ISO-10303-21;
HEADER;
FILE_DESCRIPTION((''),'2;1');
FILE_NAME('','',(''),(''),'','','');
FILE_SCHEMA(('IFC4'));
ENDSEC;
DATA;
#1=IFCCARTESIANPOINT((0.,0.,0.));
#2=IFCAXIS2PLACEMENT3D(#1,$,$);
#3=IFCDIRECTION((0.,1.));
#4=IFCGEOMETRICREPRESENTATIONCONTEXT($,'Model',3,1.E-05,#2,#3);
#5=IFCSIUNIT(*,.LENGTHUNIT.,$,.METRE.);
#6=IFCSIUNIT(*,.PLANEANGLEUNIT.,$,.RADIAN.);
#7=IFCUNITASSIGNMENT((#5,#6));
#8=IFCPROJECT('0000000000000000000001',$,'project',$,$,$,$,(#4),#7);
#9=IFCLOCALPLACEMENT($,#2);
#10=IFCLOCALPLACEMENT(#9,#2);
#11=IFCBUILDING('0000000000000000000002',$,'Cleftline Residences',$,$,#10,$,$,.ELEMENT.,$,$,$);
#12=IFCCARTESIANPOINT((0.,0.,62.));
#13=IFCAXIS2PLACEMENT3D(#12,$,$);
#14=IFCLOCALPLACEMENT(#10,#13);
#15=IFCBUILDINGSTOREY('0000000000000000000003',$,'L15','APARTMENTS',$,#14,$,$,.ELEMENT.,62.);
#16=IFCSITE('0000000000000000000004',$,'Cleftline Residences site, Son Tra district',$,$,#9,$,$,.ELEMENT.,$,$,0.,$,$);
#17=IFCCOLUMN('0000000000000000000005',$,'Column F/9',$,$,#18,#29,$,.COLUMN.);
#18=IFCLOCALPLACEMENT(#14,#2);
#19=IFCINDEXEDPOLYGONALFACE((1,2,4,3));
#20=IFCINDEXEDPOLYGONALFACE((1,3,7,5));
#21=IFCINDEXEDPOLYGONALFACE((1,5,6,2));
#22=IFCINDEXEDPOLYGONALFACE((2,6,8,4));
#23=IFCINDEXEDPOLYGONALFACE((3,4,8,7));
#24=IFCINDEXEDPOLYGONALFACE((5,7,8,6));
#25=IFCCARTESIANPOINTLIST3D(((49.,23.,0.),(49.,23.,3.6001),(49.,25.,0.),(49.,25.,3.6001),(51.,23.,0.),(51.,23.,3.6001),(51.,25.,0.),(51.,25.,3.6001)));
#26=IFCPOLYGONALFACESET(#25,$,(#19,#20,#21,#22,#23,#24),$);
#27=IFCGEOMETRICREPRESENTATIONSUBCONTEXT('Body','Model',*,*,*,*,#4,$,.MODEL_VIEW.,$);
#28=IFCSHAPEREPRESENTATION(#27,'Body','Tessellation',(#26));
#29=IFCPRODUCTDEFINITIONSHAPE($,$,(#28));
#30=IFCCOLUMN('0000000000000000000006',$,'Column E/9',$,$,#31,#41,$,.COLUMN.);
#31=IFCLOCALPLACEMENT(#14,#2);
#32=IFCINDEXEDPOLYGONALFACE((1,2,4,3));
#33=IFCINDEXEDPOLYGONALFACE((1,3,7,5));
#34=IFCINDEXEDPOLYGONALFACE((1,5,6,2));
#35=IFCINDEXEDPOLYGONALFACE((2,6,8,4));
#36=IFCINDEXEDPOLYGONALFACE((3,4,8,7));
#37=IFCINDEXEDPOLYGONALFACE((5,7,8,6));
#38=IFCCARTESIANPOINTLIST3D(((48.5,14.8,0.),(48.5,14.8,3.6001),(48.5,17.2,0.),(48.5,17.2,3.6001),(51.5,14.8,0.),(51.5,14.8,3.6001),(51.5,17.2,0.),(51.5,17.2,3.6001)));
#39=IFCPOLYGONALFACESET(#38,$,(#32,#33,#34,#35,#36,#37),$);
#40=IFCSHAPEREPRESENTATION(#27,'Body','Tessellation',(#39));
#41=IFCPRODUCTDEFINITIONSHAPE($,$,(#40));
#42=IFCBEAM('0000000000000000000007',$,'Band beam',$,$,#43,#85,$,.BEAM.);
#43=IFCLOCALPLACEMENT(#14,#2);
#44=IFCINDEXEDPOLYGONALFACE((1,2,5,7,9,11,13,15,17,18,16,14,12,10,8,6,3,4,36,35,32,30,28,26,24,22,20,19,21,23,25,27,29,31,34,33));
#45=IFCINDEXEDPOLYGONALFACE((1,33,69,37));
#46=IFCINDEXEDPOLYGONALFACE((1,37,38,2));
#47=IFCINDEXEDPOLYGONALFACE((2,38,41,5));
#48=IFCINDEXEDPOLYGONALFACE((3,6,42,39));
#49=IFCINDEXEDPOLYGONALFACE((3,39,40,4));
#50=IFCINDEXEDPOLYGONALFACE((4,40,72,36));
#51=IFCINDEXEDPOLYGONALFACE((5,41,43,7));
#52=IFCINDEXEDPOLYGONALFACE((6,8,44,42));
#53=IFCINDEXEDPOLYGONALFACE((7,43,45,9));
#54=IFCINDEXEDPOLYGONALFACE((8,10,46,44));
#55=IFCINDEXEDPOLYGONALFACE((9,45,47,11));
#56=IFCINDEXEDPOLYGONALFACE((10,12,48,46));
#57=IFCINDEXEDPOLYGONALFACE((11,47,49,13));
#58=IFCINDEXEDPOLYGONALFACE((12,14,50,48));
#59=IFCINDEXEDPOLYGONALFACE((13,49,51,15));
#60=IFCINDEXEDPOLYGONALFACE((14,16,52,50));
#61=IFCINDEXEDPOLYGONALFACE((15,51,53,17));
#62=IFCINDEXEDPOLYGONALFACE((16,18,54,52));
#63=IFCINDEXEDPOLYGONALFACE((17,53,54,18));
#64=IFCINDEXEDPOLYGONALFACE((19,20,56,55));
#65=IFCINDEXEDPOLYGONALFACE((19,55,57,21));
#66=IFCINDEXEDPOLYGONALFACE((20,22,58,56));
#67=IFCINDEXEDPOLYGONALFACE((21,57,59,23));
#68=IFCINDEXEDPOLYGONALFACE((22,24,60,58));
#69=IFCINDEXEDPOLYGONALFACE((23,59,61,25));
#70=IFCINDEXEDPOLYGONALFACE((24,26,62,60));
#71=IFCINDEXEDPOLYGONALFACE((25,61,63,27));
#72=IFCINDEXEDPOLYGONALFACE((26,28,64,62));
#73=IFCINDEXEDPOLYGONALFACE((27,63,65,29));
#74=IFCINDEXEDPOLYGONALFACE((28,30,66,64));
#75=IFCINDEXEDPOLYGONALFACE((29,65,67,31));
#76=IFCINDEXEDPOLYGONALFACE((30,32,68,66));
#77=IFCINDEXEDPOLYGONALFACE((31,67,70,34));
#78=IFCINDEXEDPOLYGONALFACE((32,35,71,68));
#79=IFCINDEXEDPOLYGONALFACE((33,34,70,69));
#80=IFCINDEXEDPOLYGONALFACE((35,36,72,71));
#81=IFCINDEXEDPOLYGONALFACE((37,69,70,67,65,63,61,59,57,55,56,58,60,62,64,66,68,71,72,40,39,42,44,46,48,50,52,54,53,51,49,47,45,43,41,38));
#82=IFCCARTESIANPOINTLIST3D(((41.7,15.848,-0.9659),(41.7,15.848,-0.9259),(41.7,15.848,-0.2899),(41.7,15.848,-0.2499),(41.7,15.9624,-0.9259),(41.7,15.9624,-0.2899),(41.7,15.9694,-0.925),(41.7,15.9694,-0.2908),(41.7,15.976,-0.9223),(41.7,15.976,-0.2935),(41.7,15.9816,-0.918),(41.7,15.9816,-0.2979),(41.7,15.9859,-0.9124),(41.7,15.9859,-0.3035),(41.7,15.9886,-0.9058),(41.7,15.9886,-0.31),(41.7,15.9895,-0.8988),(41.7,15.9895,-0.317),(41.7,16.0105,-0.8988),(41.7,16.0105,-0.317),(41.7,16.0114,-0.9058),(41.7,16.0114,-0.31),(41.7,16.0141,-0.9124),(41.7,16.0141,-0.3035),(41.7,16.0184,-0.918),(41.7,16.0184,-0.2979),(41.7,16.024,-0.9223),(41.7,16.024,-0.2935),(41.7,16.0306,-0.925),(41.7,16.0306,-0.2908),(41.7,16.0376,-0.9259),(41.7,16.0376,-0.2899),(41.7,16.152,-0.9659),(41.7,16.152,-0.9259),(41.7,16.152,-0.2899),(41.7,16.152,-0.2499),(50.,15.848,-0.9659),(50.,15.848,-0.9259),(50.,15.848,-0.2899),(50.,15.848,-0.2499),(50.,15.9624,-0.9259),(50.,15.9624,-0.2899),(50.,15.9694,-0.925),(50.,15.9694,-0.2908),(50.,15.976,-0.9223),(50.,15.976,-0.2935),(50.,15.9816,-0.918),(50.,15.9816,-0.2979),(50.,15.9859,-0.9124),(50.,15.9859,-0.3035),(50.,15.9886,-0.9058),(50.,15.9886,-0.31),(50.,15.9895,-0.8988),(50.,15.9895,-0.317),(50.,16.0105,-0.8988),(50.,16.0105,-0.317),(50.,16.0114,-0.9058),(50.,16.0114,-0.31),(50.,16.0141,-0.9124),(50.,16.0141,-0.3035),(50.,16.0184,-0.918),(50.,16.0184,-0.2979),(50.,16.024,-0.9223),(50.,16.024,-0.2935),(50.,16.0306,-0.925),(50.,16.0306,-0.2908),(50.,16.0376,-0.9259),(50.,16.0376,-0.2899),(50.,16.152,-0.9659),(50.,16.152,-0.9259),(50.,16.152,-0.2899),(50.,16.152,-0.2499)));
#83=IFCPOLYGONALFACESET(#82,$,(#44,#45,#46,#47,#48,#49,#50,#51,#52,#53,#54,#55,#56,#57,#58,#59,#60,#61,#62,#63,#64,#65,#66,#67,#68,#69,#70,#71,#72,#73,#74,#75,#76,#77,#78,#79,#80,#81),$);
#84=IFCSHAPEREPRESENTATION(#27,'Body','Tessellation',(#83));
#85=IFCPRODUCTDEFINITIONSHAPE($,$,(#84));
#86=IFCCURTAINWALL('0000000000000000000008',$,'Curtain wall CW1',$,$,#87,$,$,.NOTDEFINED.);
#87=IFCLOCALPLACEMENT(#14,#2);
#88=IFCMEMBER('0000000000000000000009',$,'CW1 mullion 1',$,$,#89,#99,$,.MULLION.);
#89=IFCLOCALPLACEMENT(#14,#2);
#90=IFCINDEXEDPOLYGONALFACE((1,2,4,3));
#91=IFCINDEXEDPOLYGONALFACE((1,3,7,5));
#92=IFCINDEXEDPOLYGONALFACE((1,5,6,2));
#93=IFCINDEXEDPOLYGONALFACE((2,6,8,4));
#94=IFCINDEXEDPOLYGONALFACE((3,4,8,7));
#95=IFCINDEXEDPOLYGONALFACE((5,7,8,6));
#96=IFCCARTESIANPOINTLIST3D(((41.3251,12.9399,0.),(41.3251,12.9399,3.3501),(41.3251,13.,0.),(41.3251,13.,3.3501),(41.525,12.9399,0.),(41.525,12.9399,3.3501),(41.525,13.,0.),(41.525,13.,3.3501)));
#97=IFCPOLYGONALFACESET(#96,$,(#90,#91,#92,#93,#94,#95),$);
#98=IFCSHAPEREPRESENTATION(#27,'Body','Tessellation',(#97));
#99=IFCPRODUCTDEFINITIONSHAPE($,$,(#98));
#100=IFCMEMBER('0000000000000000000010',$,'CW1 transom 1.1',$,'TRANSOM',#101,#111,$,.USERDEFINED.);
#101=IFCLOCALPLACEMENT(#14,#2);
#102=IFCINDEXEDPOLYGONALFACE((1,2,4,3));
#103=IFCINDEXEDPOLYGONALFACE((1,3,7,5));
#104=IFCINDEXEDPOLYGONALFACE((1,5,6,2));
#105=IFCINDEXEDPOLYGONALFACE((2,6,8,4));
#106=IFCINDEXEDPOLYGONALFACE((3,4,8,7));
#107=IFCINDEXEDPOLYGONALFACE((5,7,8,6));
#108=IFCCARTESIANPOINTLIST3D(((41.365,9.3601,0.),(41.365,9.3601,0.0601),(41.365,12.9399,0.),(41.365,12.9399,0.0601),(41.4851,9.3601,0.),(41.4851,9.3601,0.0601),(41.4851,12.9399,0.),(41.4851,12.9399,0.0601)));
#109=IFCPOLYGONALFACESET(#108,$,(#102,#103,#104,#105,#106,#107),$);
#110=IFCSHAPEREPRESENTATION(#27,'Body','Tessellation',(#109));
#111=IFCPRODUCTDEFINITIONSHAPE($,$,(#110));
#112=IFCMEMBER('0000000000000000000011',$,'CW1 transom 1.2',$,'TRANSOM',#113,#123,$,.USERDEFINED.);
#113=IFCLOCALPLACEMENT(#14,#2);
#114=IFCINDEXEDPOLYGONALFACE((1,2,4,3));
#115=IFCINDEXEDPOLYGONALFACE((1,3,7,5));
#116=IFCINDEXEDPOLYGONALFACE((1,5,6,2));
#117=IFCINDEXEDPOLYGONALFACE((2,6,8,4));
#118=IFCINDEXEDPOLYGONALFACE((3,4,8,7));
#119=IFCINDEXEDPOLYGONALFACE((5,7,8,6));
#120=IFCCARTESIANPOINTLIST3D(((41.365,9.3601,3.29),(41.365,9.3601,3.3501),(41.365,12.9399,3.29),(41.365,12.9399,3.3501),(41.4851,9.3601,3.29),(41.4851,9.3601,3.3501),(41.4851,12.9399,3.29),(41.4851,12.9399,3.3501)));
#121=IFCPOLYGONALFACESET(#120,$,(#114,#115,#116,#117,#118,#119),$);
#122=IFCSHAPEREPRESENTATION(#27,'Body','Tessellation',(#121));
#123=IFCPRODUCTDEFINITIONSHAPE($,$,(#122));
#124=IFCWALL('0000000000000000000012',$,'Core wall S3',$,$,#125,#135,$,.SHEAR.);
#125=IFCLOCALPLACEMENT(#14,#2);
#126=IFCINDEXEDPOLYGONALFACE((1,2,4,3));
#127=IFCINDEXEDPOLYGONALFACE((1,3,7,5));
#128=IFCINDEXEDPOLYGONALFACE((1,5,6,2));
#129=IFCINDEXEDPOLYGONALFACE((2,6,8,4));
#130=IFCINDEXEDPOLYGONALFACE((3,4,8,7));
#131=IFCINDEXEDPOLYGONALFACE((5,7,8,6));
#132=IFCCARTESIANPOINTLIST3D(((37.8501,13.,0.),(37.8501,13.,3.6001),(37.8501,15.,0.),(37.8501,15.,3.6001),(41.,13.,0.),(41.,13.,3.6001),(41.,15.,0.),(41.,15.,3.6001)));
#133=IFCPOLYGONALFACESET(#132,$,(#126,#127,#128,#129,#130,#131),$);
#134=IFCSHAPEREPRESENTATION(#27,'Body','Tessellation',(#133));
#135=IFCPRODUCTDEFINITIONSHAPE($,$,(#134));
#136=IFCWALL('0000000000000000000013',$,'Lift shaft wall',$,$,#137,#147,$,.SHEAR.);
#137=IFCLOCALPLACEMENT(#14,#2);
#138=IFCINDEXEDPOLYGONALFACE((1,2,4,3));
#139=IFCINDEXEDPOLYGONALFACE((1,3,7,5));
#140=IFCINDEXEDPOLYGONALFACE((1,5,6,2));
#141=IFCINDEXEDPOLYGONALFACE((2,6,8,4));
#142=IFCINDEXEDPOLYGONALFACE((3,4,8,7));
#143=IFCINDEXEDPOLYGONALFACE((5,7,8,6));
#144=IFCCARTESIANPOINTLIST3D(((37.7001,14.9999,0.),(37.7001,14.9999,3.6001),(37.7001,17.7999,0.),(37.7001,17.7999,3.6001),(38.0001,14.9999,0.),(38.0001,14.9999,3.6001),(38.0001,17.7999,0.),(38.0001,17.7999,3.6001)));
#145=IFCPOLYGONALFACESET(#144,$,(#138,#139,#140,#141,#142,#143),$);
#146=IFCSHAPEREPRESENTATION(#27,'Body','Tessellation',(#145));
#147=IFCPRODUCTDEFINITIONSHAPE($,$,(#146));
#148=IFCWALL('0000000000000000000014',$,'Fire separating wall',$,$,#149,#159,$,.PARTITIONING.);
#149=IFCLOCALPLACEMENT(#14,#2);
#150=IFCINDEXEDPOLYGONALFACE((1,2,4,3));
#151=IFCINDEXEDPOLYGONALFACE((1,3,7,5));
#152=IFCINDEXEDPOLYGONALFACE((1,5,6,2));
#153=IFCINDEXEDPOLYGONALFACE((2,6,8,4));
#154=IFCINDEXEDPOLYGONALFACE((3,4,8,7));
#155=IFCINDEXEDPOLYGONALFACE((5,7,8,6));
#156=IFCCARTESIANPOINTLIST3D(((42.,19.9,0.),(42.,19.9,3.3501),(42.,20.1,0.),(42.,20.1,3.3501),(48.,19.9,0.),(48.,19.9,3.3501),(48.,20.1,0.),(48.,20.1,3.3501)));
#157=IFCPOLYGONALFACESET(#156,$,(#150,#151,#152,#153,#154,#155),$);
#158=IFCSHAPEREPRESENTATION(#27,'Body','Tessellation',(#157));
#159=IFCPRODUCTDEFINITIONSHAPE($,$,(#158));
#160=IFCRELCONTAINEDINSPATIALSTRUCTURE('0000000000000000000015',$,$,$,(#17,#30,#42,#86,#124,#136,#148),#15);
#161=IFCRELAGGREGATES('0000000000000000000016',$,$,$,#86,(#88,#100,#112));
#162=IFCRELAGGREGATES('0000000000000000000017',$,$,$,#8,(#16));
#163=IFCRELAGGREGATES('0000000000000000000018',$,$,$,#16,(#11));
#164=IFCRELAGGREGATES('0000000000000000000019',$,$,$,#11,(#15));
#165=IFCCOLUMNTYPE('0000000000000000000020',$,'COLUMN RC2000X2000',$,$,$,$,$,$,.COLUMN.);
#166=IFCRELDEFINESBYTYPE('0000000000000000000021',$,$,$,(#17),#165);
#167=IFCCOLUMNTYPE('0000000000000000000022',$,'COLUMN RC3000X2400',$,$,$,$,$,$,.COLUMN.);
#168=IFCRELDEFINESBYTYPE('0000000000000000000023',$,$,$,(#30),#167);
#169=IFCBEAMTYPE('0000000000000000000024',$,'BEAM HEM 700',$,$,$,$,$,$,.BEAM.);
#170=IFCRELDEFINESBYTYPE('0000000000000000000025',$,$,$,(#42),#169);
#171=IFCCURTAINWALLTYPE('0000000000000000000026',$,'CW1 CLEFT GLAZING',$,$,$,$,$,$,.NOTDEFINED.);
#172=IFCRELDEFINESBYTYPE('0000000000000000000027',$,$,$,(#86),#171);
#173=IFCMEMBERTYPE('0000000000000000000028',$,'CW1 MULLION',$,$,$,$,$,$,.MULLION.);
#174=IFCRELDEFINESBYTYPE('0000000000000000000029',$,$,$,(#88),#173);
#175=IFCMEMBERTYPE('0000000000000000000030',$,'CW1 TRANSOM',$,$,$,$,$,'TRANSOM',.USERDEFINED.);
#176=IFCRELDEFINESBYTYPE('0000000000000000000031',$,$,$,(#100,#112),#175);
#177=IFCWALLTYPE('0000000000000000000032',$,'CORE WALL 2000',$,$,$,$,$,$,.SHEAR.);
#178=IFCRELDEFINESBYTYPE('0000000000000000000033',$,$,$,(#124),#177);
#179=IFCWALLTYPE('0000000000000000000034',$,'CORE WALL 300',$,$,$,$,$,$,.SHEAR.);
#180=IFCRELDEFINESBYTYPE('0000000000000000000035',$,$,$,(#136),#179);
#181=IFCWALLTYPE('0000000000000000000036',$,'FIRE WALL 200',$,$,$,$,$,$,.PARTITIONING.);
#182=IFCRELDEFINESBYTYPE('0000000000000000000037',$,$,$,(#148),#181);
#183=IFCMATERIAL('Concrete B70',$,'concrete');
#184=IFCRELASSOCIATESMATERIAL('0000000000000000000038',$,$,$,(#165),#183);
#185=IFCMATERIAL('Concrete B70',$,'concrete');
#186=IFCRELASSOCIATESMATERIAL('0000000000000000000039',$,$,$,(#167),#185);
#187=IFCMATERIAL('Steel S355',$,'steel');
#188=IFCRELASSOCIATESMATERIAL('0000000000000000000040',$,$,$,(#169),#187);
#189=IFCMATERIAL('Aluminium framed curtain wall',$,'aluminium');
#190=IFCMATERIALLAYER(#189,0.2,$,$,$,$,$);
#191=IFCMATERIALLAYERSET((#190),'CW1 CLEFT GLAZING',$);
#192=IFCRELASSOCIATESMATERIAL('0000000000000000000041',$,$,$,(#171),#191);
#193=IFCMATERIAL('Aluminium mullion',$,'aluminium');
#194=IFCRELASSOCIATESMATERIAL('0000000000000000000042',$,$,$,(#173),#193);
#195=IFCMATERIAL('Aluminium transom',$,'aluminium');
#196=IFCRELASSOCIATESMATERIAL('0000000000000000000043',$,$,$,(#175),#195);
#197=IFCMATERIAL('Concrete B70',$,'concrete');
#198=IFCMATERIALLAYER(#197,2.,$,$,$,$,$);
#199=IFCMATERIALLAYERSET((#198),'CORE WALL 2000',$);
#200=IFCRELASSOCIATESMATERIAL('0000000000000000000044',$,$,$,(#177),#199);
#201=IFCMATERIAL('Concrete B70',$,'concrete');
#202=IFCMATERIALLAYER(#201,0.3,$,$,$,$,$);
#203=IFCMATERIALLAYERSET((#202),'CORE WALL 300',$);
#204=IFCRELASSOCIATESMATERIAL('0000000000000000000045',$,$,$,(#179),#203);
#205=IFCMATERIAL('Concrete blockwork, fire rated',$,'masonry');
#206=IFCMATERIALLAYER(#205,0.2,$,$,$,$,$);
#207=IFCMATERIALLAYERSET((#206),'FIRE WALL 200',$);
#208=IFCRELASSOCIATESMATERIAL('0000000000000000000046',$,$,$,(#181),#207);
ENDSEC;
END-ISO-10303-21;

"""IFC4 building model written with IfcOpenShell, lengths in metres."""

from ifc_helpers import new_model, si_unit, direction, frame, frame_2d, origin, origin_2d, place, context, subcontext, project, spatial, rectangle, i_section, extrude, material, layer, layer_set, material_profile, profile_set, type_object, element, aggregate, save


model = new_model("IFC4")

# Units and contexts
model_context = context("Model", 3, precision=1e-05, world=origin(), true_north=direction((0.0, 1.0)))
body_context = subcontext(model_context, "Body", "Model", "MODEL_VIEW")
ifc_project = project(units=[si_unit("LENGTHUNIT", "METRE"), si_unit("PLANEANGLEUNIT", "RADIAN")], contexts=[model_context])

# Site, building, storey
site_placement = place(None, origin())
site = spatial("IfcSite", under=ifc_project, at=site_placement, Name="Cleftline Residences site, Son Tra district", CompositionType="ELEMENT", RefElevation=0.0)
building_placement = place(site_placement, origin())
building = spatial("IfcBuilding", under=site, at=building_placement, Name="Cleftline Residences", CompositionType="ELEMENT")
storey_placement = place(building_placement, frame((0.0, 0.0, 62.0)))
storey = spatial("IfcBuildingStorey", under=building, at=storey_placement, Name="L15", Description="APARTMENTS", CompositionType="ELEMENT", Elevation=62.0)

# Columns
ifc_material_1 = material(Name="Concrete B70", Category="concrete")
ifc_material_profile_1 = material_profile(ifc_material_1, rectangle(XDim=2.0, YDim=2.0, at=origin_2d()))
ifc_profile_set_1 = profile_set([ifc_material_profile_1], Name="Concrete B70")
column_type_1 = type_object("IfcColumnType", Name="COLUMN RC2000X2000", PredefinedType="COLUMN", material=ifc_profile_set_1)
column_1_placement = place(storey_placement, frame((50.0, 24.0, 0.0), z_axis=(0.0, 0.0, 1.0), x_axis=(1.0, 0.0, 0.0)))
element("IfcColumn", 1, at=column_1_placement, inside=storey, type_object=column_type_1, Name="Column F/9", PredefinedType="COLUMN", context=body_context, shape_type="SweptSolid", body=[
    extrude(rectangle(XDim=2.0, YDim=2.0, at=origin_2d()), origin(), (0.0, 0.0, 1.0), 3.6001),
])
ifc_material_2 = material(Name="Concrete B70", Category="concrete")
ifc_material_profile_2 = material_profile(ifc_material_2, rectangle(XDim=3.0, YDim=2.3999, at=origin_2d()))
ifc_profile_set_2 = profile_set([ifc_material_profile_2], Name="Concrete B70")
column_type_2 = type_object("IfcColumnType", Name="COLUMN RC3000X2400", PredefinedType="COLUMN", material=ifc_profile_set_2)
column_2_placement = place(storey_placement, frame((50.0, 16.0, 0.0), z_axis=(0.0, 0.0, 1.0), x_axis=(1.0, 0.0, 0.0)))
element("IfcColumn", 2, at=column_2_placement, inside=storey, type_object=column_type_2, Name="Column E/9", PredefinedType="COLUMN", context=body_context, shape_type="SweptSolid", body=[
    extrude(rectangle(XDim=3.0, YDim=2.3999, at=origin_2d()), origin(), (0.0, 0.0, 1.0), 3.6001),
])

# Beam
ifc_material_3 = material(Name="Steel S355", Category="steel")
ifc_material_profile_3 = material_profile(ifc_material_3, i_section(OverallWidth=0.304, OverallDepth=0.7161, WebThickness=0.021, FlangeThickness=0.04, FilletRadius=0.0271, at=origin_2d()))
ifc_profile_set_3 = profile_set([ifc_material_profile_3], Name="Steel S355")
beam_type = type_object("IfcBeamType", Name="BEAM HEM 700", PredefinedType="BEAM", material=ifc_profile_set_3)
beam_placement = place(storey_placement, frame((50.0, 16.0, -0.6079), z_axis=(-1.0, 0.0, 0.0), x_axis=(0.0, -1.0, 0.0)))
element("IfcBeam", 3, at=beam_placement, inside=storey, type_object=beam_type, Name="Band beam", PredefinedType="BEAM", context=body_context, shape_type="SweptSolid", body=[
    extrude(i_section(OverallWidth=0.304, OverallDepth=0.7161, WebThickness=0.021, FlangeThickness=0.04, FilletRadius=0.0271, at=origin_2d()), origin(), (0.0, 0.0, 1.0), 8.3),
])

# Curtain wall, members
ifc_material_4 = material(Name="Aluminium framed curtain wall", Category="aluminium")
ifc_layer_1 = layer(ifc_material_4, 0.2)
ifc_layer_set_1 = layer_set([ifc_layer_1], Name="CW1 CLEFT GLAZING")
curtain_wall_type = type_object("IfcCurtainWallType", Name="CW1 CLEFT GLAZING", PredefinedType="NOTDEFINED", material=ifc_layer_set_1)
curtain_wall_placement = place(storey_placement, origin())
curtain_wall = element("IfcCurtainWall", 4, at=curtain_wall_placement, inside=storey, type_object=curtain_wall_type, Name="Curtain wall CW1", PredefinedType="NOTDEFINED")
ifc_material_5 = material(Name="Aluminium mullion", Category="aluminium")
ifc_material_profile_4 = material_profile(ifc_material_5, rectangle(XDim=0.2, YDim=0.0601, at=origin_2d()))
ifc_profile_set_4 = profile_set([ifc_material_profile_4], Name="Aluminium mullion")
member_type_1 = type_object("IfcMemberType", Name="CW1 MULLION", PredefinedType="MULLION", material=ifc_profile_set_4)
member_1_placement = place(storey_placement, frame((41.425, 12.97, 0.0), z_axis=(0.0, 0.0, 1.0), x_axis=(1.0, 0.0, 0.0)))
member_1 = element("IfcMember", 5, at=member_1_placement, type_object=member_type_1, Name="CW1 mullion 1", PredefinedType="MULLION", context=body_context, shape_type="SweptSolid", body=[
    extrude(rectangle(XDim=0.2, YDim=0.0601, at=origin_2d()), origin(), (0.0, 0.0, 1.0), 3.3501),
])
ifc_material_6 = material(Name="Aluminium transom", Category="aluminium")
ifc_material_profile_5 = material_profile(ifc_material_6, rectangle(XDim=0.1201, YDim=0.0601, at=origin_2d()))
ifc_profile_set_5 = profile_set([ifc_material_profile_5], Name="Aluminium transom")
member_type_2 = type_object("IfcMemberType", Name="CW1 TRANSOM", ElementType="TRANSOM", PredefinedType="USERDEFINED", material=ifc_profile_set_5)
member_2_placement = place(storey_placement, frame((41.425, 12.9399, 0.03), z_axis=(0.0, -1.0, 0.0), x_axis=(1.0, 0.0, 0.0)))
member_2 = element("IfcMember", 6, at=member_2_placement, type_object=member_type_2, Name="CW1 transom 1.1", ObjectType="TRANSOM", PredefinedType="USERDEFINED", context=body_context, shape_type="SweptSolid", body=[
    extrude(rectangle(XDim=0.1201, YDim=0.0601, at=origin_2d()), origin(), (0.0, 0.0, 1.0), 3.5798),
])
member_3_placement = place(storey_placement, frame((41.425, 12.9399, 3.3201), z_axis=(0.0, -1.0, 0.0), x_axis=(1.0, 0.0, 0.0)))
member_3 = element("IfcMember", 7, at=member_3_placement, type_object=member_type_2, Name="CW1 transom 1.2", ObjectType="TRANSOM", PredefinedType="USERDEFINED", context=body_context, shape_type="SweptSolid", body=[
    extrude(rectangle(XDim=0.1201, YDim=0.0601, at=origin_2d()), origin(), (0.0, 0.0, 1.0), 3.5798),
])
aggregate(curtain_wall, [member_1, member_2, member_3])

# Walls
ifc_material_7 = material(Name="Concrete B70", Category="concrete")
ifc_layer_2 = layer(ifc_material_7, 2.0)
ifc_layer_set_2 = layer_set([ifc_layer_2], Name="CORE WALL 2000")
wall_type_1 = type_object("IfcWallType", Name="CORE WALL 2000", PredefinedType="SHEAR", material=ifc_layer_set_2)
wall_1_placement = place(storey_placement, frame((37.8501, 14.0, 0.0), z_axis=(0.0, 0.0, 1.0), x_axis=(1.0, 0.0, 0.0)))
element("IfcWall", 8, at=wall_1_placement, inside=storey, type_object=wall_type_1, Name="Core wall S3", PredefinedType="SHEAR", context=body_context, shape_type="SweptSolid", body=[
    extrude(rectangle(XDim=3.1499, YDim=2.0, at=frame_2d((1.575, 0.0))), origin(), (0.0, 0.0, 1.0), 3.6001),
])
ifc_material_8 = material(Name="Concrete B70", Category="concrete")
ifc_layer_3 = layer(ifc_material_8, 0.3)
ifc_layer_set_3 = layer_set([ifc_layer_3], Name="CORE WALL 300")
wall_type_2 = type_object("IfcWallType", Name="CORE WALL 300", PredefinedType="SHEAR", material=ifc_layer_set_3)
wall_2_placement = place(storey_placement, frame((37.8501, 15.0, 0.0), z_axis=(0.0, 0.0, 1.0), x_axis=(0.0, 1.0, 0.0)))
element("IfcWall", 9, at=wall_2_placement, inside=storey, type_object=wall_type_2, Name="Lift shaft wall", PredefinedType="SHEAR", context=body_context, shape_type="SweptSolid", body=[
    extrude(rectangle(XDim=2.8, YDim=0.3, at=frame_2d((1.3999, 0.0))), origin(), (0.0, 0.0, 1.0), 3.6001),
])
ifc_material_9 = material(Name="Concrete blockwork, fire rated", Category="masonry")
ifc_layer_4 = layer(ifc_material_9, 0.2)
ifc_layer_set_4 = layer_set([ifc_layer_4], Name="FIRE WALL 200")
wall_type_3 = type_object("IfcWallType", Name="FIRE WALL 200", PredefinedType="PARTITIONING", material=ifc_layer_set_4)
wall_3_placement = place(storey_placement, frame((42.0, 20.0, 0.0), z_axis=(0.0, 0.0, 1.0), x_axis=(1.0, 0.0, 0.0)))
element("IfcWall", 10, at=wall_3_placement, inside=storey, type_object=wall_type_3, Name="Fire separating wall", PredefinedType="PARTITIONING", context=body_context, shape_type="SweptSolid", body=[
    extrude(rectangle(XDim=6.0, YDim=0.2, at=frame_2d((3.0, 0.0))), origin(), (0.0, 0.0, 1.0), 3.3501),
])

save(model, "model.ifc")
